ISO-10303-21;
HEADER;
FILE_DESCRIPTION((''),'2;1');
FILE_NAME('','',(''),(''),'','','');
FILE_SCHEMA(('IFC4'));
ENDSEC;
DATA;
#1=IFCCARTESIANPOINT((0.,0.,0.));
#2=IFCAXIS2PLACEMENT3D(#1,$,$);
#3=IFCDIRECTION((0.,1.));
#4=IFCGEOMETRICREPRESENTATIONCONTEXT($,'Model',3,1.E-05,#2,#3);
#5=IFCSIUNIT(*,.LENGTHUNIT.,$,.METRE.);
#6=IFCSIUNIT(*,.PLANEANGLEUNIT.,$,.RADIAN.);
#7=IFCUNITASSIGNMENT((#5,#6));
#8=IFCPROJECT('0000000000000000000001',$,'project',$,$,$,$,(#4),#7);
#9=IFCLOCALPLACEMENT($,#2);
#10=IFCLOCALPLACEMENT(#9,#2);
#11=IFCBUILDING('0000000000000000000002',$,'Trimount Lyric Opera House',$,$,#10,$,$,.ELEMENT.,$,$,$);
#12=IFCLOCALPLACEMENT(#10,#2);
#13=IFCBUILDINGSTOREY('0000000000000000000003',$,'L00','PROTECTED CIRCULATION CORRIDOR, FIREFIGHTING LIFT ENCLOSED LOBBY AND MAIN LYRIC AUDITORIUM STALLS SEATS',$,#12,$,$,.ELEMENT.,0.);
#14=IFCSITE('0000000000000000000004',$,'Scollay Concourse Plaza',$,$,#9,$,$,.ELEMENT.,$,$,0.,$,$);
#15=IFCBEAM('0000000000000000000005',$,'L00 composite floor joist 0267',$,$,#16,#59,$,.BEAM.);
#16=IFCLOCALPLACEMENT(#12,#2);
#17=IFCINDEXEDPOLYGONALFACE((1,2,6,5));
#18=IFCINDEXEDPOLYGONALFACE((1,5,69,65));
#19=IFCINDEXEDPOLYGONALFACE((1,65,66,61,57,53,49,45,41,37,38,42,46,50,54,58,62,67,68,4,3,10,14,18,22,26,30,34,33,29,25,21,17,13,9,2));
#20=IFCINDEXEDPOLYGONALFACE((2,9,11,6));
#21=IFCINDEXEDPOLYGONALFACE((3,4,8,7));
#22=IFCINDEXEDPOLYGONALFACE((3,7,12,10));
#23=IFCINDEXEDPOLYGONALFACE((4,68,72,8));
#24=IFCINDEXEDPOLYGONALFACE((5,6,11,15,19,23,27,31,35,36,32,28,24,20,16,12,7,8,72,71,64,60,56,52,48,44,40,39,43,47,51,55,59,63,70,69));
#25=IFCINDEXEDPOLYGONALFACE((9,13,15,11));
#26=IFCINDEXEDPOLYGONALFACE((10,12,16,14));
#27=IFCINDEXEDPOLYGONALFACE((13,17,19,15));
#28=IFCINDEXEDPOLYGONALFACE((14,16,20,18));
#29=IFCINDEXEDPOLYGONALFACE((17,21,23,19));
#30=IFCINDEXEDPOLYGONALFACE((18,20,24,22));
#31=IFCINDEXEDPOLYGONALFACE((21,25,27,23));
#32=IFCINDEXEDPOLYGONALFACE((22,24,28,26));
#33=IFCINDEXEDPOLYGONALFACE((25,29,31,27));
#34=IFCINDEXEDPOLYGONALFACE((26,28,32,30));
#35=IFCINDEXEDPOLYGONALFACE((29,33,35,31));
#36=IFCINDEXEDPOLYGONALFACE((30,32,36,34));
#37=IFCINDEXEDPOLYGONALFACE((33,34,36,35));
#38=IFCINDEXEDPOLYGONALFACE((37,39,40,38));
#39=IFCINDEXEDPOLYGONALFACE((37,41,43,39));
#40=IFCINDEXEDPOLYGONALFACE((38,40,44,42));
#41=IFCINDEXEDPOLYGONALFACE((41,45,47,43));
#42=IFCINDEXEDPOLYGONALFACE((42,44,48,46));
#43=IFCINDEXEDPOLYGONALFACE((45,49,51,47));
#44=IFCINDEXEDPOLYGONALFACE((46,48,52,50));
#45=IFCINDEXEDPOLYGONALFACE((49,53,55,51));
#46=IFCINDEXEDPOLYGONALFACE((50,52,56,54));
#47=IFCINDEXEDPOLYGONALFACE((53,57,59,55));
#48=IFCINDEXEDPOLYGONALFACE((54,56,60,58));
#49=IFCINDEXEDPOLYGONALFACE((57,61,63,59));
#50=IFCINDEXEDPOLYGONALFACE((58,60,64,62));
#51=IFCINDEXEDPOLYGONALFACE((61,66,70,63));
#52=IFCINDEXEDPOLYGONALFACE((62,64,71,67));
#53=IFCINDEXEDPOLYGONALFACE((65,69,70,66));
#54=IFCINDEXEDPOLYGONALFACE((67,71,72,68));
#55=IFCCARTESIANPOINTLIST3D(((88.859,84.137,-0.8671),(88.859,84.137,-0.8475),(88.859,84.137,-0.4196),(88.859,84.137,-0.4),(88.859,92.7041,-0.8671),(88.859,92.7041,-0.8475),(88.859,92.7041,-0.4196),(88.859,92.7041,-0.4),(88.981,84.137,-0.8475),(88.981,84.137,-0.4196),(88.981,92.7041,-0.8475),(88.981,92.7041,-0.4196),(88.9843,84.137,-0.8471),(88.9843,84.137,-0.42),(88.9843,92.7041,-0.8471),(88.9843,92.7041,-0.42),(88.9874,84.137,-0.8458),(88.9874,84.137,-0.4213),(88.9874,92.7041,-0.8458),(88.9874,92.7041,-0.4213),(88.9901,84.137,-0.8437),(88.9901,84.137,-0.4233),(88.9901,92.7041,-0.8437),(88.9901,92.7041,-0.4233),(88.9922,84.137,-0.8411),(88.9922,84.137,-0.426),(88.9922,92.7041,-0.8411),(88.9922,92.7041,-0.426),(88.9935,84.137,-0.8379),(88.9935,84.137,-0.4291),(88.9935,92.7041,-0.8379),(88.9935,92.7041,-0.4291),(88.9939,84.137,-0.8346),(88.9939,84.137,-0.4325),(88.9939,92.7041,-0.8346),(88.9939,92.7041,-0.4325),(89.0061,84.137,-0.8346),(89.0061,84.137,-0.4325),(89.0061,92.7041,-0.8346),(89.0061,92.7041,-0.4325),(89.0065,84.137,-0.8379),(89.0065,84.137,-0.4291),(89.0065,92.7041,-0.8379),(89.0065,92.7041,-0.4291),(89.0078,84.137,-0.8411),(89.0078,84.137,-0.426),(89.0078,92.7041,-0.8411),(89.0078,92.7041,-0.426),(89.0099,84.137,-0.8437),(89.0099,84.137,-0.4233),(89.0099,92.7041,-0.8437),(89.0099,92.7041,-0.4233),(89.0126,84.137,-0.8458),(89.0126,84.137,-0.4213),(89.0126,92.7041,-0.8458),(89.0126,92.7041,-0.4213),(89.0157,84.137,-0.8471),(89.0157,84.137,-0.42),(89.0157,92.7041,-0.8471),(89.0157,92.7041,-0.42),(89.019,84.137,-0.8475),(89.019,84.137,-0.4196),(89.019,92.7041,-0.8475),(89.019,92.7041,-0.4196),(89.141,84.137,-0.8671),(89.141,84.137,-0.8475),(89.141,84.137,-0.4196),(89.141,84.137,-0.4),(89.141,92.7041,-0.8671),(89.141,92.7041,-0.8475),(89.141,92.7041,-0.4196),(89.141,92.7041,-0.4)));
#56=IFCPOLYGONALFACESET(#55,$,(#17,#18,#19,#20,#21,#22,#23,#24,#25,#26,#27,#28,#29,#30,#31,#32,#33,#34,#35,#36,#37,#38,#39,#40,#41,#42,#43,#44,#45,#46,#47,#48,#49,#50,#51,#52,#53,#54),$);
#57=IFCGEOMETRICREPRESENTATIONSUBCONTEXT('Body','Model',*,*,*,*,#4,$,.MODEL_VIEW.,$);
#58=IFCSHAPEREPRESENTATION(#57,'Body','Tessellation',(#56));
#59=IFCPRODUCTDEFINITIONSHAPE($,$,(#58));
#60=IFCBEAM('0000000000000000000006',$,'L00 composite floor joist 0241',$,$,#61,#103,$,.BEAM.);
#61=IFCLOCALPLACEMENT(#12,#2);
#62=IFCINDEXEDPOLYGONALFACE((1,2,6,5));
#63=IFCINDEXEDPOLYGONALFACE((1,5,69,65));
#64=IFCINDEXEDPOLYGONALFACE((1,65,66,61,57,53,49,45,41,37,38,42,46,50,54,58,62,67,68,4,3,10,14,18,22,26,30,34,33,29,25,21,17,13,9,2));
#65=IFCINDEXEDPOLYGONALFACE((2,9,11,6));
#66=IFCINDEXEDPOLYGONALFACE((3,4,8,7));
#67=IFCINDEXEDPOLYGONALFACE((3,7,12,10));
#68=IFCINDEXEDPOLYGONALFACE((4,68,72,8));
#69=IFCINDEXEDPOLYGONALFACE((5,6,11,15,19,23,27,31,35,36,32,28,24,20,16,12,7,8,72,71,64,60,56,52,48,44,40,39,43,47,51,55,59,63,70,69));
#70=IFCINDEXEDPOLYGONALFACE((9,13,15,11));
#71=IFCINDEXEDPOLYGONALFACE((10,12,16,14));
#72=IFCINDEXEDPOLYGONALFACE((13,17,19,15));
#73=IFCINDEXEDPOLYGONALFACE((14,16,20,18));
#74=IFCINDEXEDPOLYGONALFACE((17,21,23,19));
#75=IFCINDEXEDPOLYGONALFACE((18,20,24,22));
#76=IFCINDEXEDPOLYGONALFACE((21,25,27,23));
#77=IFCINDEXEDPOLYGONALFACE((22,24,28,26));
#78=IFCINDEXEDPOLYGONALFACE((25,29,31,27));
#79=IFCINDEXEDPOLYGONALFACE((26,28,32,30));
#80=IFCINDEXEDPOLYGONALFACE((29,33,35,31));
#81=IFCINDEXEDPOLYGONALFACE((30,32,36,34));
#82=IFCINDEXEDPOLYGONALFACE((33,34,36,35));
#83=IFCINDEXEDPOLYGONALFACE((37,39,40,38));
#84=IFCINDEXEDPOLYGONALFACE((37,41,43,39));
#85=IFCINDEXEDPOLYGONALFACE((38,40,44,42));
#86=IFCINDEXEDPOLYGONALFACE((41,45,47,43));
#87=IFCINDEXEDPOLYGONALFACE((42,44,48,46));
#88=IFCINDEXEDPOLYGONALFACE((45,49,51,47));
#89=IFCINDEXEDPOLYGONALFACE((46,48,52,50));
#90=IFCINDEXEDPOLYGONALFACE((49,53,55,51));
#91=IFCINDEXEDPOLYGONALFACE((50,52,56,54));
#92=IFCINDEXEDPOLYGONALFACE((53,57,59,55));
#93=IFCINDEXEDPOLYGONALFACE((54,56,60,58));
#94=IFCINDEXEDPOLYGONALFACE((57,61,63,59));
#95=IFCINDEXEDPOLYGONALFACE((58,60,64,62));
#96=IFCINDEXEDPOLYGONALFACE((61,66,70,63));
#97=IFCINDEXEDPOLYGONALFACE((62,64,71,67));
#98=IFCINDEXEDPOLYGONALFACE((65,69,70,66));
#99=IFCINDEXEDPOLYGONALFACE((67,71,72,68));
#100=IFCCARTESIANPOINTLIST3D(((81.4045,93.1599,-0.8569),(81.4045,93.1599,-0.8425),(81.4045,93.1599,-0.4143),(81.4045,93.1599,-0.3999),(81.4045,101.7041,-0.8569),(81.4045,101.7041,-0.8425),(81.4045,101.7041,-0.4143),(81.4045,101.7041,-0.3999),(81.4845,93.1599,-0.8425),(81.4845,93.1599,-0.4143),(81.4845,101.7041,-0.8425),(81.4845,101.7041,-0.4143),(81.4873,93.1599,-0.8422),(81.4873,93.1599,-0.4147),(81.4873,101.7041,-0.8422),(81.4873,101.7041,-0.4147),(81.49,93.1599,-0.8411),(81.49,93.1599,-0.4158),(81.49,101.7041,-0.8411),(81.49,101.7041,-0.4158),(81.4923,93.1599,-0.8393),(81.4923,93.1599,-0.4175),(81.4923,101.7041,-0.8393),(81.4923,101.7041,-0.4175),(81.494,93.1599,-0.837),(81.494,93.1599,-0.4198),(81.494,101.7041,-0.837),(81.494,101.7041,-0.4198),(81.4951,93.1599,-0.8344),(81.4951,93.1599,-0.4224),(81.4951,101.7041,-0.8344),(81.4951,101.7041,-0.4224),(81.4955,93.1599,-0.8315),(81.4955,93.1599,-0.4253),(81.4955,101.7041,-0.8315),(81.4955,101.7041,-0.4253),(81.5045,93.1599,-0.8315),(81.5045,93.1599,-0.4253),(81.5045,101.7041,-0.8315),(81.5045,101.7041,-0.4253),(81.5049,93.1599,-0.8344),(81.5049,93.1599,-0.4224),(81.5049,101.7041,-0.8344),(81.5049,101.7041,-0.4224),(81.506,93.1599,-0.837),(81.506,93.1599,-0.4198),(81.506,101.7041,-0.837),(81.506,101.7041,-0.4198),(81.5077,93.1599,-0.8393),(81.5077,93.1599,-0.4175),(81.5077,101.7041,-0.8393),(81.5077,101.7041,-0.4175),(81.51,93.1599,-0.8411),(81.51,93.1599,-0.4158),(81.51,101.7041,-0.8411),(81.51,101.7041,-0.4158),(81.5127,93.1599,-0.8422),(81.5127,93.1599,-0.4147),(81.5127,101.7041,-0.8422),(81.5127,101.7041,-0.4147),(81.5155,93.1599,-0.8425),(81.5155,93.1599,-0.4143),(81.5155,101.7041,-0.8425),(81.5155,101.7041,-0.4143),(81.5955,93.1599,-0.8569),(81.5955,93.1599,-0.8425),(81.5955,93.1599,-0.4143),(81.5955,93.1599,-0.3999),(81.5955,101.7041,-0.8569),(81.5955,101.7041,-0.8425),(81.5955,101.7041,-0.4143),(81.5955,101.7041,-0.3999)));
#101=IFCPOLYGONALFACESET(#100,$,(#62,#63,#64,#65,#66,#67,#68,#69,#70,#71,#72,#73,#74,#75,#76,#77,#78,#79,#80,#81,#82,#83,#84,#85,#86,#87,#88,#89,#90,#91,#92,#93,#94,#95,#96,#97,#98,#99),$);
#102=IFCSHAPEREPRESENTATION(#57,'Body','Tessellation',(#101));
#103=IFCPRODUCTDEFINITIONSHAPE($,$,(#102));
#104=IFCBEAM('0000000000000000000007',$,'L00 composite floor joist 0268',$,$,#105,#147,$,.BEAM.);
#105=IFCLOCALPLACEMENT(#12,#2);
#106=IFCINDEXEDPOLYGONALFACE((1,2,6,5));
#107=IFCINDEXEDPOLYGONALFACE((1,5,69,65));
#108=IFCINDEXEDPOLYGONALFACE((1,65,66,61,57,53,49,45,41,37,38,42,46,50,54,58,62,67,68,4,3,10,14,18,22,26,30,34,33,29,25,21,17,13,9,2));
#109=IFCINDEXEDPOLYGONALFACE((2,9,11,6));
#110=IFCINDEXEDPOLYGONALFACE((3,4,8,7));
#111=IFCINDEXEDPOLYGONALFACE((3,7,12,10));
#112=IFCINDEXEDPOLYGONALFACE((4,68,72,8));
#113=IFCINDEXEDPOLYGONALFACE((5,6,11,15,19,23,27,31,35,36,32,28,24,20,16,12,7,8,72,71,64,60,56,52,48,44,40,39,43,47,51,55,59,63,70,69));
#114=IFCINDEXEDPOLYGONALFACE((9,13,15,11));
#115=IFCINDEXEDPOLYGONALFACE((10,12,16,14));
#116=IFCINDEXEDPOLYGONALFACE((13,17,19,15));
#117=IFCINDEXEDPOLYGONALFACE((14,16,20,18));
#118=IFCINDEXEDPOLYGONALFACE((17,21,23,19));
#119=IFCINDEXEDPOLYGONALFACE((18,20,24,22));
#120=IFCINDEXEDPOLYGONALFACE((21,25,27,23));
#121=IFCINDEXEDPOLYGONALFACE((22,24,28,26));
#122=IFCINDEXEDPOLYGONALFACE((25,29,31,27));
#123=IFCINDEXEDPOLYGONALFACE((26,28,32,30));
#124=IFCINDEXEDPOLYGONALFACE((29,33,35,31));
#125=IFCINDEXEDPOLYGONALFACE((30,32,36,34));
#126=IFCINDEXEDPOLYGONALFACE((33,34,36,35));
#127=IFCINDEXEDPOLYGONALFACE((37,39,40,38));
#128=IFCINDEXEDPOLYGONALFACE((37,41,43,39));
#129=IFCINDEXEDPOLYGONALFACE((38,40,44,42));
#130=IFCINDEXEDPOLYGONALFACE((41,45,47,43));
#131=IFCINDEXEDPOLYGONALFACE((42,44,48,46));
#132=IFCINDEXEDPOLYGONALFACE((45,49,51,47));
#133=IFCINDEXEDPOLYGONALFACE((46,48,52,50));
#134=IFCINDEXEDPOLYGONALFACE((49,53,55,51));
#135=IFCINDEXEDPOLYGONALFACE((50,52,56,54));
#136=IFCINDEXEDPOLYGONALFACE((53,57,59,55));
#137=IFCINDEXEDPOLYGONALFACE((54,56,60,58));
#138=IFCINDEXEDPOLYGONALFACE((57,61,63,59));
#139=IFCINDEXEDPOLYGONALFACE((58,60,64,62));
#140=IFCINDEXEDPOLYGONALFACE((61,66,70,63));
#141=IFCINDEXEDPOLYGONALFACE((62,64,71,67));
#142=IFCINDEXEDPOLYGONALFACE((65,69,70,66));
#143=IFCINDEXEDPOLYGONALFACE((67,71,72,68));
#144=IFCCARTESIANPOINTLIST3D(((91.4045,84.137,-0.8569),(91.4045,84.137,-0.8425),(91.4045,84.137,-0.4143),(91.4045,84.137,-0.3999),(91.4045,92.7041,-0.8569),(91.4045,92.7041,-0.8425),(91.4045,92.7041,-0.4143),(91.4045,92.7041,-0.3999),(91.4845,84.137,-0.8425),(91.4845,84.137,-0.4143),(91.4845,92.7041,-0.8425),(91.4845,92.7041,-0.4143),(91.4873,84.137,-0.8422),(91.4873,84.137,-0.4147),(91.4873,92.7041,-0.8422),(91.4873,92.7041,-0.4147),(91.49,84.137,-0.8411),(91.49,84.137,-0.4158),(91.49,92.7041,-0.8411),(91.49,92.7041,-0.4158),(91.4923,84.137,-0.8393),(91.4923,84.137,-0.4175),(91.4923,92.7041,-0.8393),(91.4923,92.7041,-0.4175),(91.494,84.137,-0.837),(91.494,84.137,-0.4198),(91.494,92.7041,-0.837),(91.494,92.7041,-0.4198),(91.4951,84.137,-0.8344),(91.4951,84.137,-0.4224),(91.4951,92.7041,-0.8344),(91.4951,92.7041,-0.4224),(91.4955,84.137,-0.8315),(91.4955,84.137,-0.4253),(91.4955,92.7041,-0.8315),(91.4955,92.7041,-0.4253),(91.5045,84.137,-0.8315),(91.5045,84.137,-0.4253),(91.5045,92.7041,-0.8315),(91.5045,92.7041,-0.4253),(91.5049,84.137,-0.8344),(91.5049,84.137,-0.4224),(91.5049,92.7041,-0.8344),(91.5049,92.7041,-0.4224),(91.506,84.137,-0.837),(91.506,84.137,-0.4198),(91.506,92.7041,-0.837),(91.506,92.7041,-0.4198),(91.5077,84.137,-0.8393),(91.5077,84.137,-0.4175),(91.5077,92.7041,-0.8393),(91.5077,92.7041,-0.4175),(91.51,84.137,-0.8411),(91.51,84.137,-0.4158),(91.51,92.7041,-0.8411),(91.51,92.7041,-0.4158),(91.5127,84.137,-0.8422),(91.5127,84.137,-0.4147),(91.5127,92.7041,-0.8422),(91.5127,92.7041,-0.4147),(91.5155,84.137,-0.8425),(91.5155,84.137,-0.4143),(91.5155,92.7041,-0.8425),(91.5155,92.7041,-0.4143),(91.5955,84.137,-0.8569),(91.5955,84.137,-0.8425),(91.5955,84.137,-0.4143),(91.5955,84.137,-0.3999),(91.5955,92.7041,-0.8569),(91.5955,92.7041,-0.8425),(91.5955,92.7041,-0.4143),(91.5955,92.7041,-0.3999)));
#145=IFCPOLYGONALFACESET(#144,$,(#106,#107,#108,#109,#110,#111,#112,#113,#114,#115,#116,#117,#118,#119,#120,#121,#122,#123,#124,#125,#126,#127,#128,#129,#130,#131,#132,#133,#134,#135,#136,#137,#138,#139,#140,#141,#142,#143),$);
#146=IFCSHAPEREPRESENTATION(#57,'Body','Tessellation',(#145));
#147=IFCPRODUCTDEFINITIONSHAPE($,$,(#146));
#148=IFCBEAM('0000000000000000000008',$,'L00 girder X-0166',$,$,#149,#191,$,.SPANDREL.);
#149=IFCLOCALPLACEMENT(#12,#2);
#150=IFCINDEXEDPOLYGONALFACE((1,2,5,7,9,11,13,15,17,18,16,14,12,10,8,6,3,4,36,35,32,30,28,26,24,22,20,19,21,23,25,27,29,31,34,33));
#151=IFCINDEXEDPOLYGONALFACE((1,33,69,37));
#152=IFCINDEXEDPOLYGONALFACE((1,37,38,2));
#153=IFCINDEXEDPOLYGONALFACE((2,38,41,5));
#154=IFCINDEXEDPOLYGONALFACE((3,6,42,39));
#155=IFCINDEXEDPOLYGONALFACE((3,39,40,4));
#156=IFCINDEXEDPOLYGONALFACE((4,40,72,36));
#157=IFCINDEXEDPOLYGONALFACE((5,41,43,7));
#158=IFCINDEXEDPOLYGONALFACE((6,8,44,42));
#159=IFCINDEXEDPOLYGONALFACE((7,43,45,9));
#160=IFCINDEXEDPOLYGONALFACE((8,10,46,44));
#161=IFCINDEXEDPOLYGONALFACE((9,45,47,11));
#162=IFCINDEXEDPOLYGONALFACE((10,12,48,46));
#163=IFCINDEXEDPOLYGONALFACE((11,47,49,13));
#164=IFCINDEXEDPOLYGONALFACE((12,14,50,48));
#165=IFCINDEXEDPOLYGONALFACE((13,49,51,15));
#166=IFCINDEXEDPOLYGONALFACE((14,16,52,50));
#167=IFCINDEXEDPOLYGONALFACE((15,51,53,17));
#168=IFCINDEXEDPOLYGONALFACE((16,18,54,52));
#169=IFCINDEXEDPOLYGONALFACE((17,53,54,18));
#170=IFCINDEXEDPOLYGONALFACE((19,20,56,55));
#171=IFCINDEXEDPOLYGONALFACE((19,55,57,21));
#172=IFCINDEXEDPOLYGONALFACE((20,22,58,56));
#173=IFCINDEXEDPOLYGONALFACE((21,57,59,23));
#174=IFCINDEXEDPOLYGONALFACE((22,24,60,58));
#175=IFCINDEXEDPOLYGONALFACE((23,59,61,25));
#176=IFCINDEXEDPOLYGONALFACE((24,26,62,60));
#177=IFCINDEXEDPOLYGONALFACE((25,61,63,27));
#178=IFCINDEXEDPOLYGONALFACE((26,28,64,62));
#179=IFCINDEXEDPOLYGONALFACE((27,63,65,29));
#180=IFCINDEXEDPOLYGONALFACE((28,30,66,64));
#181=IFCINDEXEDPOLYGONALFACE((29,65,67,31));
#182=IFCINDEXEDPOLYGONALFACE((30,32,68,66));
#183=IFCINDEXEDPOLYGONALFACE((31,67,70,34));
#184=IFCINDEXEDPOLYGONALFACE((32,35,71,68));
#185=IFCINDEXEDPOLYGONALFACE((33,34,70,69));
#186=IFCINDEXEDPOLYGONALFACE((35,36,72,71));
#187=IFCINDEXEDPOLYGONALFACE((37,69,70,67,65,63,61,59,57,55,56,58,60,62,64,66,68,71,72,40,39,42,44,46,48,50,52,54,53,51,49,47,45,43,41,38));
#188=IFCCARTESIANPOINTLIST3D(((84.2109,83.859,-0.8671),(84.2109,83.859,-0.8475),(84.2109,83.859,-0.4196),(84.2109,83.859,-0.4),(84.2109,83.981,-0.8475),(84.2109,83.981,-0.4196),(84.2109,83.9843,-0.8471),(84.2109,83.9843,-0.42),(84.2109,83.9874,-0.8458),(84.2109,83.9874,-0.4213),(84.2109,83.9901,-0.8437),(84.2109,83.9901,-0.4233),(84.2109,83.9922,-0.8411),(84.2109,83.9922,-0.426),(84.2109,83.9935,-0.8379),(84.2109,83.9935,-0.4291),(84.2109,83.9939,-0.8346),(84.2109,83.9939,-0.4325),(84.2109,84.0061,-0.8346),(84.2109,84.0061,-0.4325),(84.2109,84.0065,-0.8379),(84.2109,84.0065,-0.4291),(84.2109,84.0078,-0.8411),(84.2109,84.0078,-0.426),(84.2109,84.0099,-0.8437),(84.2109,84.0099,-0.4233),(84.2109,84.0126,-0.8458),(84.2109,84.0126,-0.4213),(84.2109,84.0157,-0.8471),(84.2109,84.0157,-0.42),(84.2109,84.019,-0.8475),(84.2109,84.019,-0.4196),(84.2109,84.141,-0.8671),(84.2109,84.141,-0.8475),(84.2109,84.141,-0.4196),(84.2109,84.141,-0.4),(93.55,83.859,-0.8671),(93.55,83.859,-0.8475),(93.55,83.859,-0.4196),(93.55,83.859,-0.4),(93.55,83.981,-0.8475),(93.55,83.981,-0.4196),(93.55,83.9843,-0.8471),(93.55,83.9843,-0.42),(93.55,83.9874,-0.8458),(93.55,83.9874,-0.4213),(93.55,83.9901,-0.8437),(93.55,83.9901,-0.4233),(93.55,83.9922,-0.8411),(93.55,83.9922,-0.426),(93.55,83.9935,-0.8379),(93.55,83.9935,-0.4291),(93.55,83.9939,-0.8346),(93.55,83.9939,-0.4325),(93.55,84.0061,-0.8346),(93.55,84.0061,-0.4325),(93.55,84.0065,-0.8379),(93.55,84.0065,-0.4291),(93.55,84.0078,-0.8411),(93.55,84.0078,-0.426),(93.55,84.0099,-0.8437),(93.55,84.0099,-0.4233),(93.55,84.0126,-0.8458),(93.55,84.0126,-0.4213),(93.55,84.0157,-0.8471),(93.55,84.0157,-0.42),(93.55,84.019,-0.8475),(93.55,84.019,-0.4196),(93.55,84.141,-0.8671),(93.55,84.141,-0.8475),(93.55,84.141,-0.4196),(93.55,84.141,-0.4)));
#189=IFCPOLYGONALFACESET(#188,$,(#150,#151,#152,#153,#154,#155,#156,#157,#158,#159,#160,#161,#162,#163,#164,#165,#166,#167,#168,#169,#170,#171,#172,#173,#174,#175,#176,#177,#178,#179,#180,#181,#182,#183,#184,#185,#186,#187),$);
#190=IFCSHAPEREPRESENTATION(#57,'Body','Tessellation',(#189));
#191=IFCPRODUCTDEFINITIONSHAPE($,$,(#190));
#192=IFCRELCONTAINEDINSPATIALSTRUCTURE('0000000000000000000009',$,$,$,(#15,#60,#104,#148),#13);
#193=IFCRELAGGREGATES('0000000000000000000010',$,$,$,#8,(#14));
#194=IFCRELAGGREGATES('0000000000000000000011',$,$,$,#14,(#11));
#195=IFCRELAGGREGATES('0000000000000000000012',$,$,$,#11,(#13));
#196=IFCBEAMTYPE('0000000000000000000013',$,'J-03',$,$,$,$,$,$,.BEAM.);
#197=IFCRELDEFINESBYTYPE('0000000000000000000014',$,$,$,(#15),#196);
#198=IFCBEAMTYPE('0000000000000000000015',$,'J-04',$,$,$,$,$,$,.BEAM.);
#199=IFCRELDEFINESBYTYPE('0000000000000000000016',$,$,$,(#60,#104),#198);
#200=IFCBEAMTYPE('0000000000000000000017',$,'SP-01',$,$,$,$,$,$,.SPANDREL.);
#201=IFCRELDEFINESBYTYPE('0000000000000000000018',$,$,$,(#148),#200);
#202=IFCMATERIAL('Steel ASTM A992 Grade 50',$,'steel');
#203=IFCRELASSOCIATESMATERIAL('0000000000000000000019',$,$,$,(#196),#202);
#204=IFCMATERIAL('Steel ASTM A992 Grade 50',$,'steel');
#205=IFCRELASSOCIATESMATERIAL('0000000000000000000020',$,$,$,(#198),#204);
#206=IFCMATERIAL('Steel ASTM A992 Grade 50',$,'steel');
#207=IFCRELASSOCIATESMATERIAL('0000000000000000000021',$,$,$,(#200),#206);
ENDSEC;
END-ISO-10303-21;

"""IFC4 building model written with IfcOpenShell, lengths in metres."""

from ifc_helpers import new_model, si_unit, direction, frame, origin, origin_2d, place, context, subcontext, project, spatial, i_section, extrude, material, material_profile, profile_set, type_object, element, save


model = new_model("IFC4")

# Units and contexts
model_context = context("Model", 3, precision=1e-05, world=origin(), true_north=direction((0.0, 1.0)))
body_context = subcontext(model_context, "Body", "Model", "MODEL_VIEW")
ifc_project = project(units=[si_unit("LENGTHUNIT", "METRE"), si_unit("PLANEANGLEUNIT", "RADIAN")], contexts=[model_context])

# Site, building, storey
site_placement = place(None, origin())
site = spatial("IfcSite", under=ifc_project, at=site_placement, Name="Scollay Concourse Plaza", CompositionType="ELEMENT", RefElevation=0.0)
building_placement = place(site_placement, origin())
building = spatial("IfcBuilding", under=site, at=building_placement, Name="Trimount Lyric Opera House", CompositionType="ELEMENT")
storey_placement = place(building_placement, origin())
storey = spatial("IfcBuildingStorey", under=building, at=storey_placement, Name="L00", Description="PROTECTED CIRCULATION CORRIDOR, FIREFIGHTING LIFT ENCLOSED LOBBY AND MAIN LYRIC AUDITORIUM STALLS SEATS", CompositionType="ELEMENT", Elevation=0.0)

# Beams
ifc_material_1 = material(Name="Steel ASTM A992 Grade 50", Category="steel")
ifc_material_profile_1 = material_profile(ifc_material_1, i_section(OverallWidth=0.282, OverallDepth=0.467, WebThickness=0.0122, FlangeThickness=0.0195, FilletRadius=0.0129, at=origin_2d()), Name="W18X86")
ifc_profile_set_1 = profile_set([ifc_material_profile_1], Name="Steel ASTM A992 Grade 50")
beam_type_1 = type_object("IfcBeamType", Name="J-03", PredefinedType="BEAM", material=ifc_profile_set_1)
beam_1_placement = place(storey_placement, frame((89.0, 84.137, -0.6335), z_axis=(0.0, 1.0, 0.0), x_axis=(-1.0, 0.0, 0.0)))
element("IfcBeam", 1, at=beam_1_placement, inside=storey, type_object=beam_type_1, Name="L00 composite floor joist 0267", PredefinedType="BEAM", context=body_context, shape_type="SweptSolid", body=[
    extrude(i_section(OverallWidth=0.282, OverallDepth=0.467, WebThickness=0.0122, FlangeThickness=0.0195, FilletRadius=0.0129, at=origin_2d()), origin(), (0.0, 0.0, 1.0), 8.5671),
])
ifc_material_2 = material(Name="Steel ASTM A992 Grade 50", Category="steel")
ifc_material_profile_2 = material_profile(ifc_material_2, i_section(OverallWidth=0.1909, OverallDepth=0.457, WebThickness=0.009, FlangeThickness=0.0144, FilletRadius=0.011, at=origin_2d()), Name="W18X50")
ifc_profile_set_2 = profile_set([ifc_material_profile_2], Name="Steel ASTM A992 Grade 50")
beam_type_2 = type_object("IfcBeamType", Name="J-04", PredefinedType="BEAM", material=ifc_profile_set_2)
beam_2_placement = place(storey_placement, frame((81.5, 93.1599, -0.6284), z_axis=(0.0, 1.0, 0.0), x_axis=(-1.0, 0.0, 0.0)))
element("IfcBeam", 2, at=beam_2_placement, inside=storey, type_object=beam_type_2, Name="L00 composite floor joist 0241", PredefinedType="BEAM", context=body_context, shape_type="SweptSolid", body=[
    extrude(i_section(OverallWidth=0.1909, OverallDepth=0.457, WebThickness=0.009, FlangeThickness=0.0144, FilletRadius=0.011, at=origin_2d()), origin(), (0.0, 0.0, 1.0), 8.5442),
])
beam_3_placement = place(storey_placement, frame((91.5, 84.137, -0.6284), z_axis=(0.0, 1.0, 0.0), x_axis=(-1.0, 0.0, 0.0)))
element("IfcBeam", 3, at=beam_3_placement, inside=storey, type_object=beam_type_2, Name="L00 composite floor joist 0268", PredefinedType="BEAM", context=body_context, shape_type="SweptSolid", body=[
    extrude(i_section(OverallWidth=0.1909, OverallDepth=0.457, WebThickness=0.009, FlangeThickness=0.0144, FilletRadius=0.011, at=origin_2d()), origin(), (0.0, 0.0, 1.0), 8.5671),
])
ifc_material_3 = material(Name="Steel ASTM A992 Grade 50", Category="steel")
ifc_material_profile_3 = material_profile(ifc_material_3, i_section(OverallWidth=0.282, OverallDepth=0.467, WebThickness=0.0122, FlangeThickness=0.0195, FilletRadius=0.0129, at=origin_2d()), Name="W18X86")
ifc_profile_set_3 = profile_set([ifc_material_profile_3], Name="Steel ASTM A992 Grade 50")
beam_type_3 = type_object("IfcBeamType", Name="SP-01", PredefinedType="SPANDREL", material=ifc_profile_set_3)
beam_4_placement = place(storey_placement, frame((84.2109, 84.0, -0.6335), z_axis=(1.0, 0.0, 0.0), x_axis=(0.0, 1.0, 0.0)))
element("IfcBeam", 4, at=beam_4_placement, inside=storey, type_object=beam_type_3, Name="L00 girder X-0166", PredefinedType="SPANDREL", context=body_context, shape_type="SweptSolid", body=[
    extrude(i_section(OverallWidth=0.282, OverallDepth=0.467, WebThickness=0.0122, FlangeThickness=0.0195, FilletRadius=0.0129, at=origin_2d()), origin(), (0.0, 0.0, 1.0), 9.3391),
])

save(model, "model.ifc")
